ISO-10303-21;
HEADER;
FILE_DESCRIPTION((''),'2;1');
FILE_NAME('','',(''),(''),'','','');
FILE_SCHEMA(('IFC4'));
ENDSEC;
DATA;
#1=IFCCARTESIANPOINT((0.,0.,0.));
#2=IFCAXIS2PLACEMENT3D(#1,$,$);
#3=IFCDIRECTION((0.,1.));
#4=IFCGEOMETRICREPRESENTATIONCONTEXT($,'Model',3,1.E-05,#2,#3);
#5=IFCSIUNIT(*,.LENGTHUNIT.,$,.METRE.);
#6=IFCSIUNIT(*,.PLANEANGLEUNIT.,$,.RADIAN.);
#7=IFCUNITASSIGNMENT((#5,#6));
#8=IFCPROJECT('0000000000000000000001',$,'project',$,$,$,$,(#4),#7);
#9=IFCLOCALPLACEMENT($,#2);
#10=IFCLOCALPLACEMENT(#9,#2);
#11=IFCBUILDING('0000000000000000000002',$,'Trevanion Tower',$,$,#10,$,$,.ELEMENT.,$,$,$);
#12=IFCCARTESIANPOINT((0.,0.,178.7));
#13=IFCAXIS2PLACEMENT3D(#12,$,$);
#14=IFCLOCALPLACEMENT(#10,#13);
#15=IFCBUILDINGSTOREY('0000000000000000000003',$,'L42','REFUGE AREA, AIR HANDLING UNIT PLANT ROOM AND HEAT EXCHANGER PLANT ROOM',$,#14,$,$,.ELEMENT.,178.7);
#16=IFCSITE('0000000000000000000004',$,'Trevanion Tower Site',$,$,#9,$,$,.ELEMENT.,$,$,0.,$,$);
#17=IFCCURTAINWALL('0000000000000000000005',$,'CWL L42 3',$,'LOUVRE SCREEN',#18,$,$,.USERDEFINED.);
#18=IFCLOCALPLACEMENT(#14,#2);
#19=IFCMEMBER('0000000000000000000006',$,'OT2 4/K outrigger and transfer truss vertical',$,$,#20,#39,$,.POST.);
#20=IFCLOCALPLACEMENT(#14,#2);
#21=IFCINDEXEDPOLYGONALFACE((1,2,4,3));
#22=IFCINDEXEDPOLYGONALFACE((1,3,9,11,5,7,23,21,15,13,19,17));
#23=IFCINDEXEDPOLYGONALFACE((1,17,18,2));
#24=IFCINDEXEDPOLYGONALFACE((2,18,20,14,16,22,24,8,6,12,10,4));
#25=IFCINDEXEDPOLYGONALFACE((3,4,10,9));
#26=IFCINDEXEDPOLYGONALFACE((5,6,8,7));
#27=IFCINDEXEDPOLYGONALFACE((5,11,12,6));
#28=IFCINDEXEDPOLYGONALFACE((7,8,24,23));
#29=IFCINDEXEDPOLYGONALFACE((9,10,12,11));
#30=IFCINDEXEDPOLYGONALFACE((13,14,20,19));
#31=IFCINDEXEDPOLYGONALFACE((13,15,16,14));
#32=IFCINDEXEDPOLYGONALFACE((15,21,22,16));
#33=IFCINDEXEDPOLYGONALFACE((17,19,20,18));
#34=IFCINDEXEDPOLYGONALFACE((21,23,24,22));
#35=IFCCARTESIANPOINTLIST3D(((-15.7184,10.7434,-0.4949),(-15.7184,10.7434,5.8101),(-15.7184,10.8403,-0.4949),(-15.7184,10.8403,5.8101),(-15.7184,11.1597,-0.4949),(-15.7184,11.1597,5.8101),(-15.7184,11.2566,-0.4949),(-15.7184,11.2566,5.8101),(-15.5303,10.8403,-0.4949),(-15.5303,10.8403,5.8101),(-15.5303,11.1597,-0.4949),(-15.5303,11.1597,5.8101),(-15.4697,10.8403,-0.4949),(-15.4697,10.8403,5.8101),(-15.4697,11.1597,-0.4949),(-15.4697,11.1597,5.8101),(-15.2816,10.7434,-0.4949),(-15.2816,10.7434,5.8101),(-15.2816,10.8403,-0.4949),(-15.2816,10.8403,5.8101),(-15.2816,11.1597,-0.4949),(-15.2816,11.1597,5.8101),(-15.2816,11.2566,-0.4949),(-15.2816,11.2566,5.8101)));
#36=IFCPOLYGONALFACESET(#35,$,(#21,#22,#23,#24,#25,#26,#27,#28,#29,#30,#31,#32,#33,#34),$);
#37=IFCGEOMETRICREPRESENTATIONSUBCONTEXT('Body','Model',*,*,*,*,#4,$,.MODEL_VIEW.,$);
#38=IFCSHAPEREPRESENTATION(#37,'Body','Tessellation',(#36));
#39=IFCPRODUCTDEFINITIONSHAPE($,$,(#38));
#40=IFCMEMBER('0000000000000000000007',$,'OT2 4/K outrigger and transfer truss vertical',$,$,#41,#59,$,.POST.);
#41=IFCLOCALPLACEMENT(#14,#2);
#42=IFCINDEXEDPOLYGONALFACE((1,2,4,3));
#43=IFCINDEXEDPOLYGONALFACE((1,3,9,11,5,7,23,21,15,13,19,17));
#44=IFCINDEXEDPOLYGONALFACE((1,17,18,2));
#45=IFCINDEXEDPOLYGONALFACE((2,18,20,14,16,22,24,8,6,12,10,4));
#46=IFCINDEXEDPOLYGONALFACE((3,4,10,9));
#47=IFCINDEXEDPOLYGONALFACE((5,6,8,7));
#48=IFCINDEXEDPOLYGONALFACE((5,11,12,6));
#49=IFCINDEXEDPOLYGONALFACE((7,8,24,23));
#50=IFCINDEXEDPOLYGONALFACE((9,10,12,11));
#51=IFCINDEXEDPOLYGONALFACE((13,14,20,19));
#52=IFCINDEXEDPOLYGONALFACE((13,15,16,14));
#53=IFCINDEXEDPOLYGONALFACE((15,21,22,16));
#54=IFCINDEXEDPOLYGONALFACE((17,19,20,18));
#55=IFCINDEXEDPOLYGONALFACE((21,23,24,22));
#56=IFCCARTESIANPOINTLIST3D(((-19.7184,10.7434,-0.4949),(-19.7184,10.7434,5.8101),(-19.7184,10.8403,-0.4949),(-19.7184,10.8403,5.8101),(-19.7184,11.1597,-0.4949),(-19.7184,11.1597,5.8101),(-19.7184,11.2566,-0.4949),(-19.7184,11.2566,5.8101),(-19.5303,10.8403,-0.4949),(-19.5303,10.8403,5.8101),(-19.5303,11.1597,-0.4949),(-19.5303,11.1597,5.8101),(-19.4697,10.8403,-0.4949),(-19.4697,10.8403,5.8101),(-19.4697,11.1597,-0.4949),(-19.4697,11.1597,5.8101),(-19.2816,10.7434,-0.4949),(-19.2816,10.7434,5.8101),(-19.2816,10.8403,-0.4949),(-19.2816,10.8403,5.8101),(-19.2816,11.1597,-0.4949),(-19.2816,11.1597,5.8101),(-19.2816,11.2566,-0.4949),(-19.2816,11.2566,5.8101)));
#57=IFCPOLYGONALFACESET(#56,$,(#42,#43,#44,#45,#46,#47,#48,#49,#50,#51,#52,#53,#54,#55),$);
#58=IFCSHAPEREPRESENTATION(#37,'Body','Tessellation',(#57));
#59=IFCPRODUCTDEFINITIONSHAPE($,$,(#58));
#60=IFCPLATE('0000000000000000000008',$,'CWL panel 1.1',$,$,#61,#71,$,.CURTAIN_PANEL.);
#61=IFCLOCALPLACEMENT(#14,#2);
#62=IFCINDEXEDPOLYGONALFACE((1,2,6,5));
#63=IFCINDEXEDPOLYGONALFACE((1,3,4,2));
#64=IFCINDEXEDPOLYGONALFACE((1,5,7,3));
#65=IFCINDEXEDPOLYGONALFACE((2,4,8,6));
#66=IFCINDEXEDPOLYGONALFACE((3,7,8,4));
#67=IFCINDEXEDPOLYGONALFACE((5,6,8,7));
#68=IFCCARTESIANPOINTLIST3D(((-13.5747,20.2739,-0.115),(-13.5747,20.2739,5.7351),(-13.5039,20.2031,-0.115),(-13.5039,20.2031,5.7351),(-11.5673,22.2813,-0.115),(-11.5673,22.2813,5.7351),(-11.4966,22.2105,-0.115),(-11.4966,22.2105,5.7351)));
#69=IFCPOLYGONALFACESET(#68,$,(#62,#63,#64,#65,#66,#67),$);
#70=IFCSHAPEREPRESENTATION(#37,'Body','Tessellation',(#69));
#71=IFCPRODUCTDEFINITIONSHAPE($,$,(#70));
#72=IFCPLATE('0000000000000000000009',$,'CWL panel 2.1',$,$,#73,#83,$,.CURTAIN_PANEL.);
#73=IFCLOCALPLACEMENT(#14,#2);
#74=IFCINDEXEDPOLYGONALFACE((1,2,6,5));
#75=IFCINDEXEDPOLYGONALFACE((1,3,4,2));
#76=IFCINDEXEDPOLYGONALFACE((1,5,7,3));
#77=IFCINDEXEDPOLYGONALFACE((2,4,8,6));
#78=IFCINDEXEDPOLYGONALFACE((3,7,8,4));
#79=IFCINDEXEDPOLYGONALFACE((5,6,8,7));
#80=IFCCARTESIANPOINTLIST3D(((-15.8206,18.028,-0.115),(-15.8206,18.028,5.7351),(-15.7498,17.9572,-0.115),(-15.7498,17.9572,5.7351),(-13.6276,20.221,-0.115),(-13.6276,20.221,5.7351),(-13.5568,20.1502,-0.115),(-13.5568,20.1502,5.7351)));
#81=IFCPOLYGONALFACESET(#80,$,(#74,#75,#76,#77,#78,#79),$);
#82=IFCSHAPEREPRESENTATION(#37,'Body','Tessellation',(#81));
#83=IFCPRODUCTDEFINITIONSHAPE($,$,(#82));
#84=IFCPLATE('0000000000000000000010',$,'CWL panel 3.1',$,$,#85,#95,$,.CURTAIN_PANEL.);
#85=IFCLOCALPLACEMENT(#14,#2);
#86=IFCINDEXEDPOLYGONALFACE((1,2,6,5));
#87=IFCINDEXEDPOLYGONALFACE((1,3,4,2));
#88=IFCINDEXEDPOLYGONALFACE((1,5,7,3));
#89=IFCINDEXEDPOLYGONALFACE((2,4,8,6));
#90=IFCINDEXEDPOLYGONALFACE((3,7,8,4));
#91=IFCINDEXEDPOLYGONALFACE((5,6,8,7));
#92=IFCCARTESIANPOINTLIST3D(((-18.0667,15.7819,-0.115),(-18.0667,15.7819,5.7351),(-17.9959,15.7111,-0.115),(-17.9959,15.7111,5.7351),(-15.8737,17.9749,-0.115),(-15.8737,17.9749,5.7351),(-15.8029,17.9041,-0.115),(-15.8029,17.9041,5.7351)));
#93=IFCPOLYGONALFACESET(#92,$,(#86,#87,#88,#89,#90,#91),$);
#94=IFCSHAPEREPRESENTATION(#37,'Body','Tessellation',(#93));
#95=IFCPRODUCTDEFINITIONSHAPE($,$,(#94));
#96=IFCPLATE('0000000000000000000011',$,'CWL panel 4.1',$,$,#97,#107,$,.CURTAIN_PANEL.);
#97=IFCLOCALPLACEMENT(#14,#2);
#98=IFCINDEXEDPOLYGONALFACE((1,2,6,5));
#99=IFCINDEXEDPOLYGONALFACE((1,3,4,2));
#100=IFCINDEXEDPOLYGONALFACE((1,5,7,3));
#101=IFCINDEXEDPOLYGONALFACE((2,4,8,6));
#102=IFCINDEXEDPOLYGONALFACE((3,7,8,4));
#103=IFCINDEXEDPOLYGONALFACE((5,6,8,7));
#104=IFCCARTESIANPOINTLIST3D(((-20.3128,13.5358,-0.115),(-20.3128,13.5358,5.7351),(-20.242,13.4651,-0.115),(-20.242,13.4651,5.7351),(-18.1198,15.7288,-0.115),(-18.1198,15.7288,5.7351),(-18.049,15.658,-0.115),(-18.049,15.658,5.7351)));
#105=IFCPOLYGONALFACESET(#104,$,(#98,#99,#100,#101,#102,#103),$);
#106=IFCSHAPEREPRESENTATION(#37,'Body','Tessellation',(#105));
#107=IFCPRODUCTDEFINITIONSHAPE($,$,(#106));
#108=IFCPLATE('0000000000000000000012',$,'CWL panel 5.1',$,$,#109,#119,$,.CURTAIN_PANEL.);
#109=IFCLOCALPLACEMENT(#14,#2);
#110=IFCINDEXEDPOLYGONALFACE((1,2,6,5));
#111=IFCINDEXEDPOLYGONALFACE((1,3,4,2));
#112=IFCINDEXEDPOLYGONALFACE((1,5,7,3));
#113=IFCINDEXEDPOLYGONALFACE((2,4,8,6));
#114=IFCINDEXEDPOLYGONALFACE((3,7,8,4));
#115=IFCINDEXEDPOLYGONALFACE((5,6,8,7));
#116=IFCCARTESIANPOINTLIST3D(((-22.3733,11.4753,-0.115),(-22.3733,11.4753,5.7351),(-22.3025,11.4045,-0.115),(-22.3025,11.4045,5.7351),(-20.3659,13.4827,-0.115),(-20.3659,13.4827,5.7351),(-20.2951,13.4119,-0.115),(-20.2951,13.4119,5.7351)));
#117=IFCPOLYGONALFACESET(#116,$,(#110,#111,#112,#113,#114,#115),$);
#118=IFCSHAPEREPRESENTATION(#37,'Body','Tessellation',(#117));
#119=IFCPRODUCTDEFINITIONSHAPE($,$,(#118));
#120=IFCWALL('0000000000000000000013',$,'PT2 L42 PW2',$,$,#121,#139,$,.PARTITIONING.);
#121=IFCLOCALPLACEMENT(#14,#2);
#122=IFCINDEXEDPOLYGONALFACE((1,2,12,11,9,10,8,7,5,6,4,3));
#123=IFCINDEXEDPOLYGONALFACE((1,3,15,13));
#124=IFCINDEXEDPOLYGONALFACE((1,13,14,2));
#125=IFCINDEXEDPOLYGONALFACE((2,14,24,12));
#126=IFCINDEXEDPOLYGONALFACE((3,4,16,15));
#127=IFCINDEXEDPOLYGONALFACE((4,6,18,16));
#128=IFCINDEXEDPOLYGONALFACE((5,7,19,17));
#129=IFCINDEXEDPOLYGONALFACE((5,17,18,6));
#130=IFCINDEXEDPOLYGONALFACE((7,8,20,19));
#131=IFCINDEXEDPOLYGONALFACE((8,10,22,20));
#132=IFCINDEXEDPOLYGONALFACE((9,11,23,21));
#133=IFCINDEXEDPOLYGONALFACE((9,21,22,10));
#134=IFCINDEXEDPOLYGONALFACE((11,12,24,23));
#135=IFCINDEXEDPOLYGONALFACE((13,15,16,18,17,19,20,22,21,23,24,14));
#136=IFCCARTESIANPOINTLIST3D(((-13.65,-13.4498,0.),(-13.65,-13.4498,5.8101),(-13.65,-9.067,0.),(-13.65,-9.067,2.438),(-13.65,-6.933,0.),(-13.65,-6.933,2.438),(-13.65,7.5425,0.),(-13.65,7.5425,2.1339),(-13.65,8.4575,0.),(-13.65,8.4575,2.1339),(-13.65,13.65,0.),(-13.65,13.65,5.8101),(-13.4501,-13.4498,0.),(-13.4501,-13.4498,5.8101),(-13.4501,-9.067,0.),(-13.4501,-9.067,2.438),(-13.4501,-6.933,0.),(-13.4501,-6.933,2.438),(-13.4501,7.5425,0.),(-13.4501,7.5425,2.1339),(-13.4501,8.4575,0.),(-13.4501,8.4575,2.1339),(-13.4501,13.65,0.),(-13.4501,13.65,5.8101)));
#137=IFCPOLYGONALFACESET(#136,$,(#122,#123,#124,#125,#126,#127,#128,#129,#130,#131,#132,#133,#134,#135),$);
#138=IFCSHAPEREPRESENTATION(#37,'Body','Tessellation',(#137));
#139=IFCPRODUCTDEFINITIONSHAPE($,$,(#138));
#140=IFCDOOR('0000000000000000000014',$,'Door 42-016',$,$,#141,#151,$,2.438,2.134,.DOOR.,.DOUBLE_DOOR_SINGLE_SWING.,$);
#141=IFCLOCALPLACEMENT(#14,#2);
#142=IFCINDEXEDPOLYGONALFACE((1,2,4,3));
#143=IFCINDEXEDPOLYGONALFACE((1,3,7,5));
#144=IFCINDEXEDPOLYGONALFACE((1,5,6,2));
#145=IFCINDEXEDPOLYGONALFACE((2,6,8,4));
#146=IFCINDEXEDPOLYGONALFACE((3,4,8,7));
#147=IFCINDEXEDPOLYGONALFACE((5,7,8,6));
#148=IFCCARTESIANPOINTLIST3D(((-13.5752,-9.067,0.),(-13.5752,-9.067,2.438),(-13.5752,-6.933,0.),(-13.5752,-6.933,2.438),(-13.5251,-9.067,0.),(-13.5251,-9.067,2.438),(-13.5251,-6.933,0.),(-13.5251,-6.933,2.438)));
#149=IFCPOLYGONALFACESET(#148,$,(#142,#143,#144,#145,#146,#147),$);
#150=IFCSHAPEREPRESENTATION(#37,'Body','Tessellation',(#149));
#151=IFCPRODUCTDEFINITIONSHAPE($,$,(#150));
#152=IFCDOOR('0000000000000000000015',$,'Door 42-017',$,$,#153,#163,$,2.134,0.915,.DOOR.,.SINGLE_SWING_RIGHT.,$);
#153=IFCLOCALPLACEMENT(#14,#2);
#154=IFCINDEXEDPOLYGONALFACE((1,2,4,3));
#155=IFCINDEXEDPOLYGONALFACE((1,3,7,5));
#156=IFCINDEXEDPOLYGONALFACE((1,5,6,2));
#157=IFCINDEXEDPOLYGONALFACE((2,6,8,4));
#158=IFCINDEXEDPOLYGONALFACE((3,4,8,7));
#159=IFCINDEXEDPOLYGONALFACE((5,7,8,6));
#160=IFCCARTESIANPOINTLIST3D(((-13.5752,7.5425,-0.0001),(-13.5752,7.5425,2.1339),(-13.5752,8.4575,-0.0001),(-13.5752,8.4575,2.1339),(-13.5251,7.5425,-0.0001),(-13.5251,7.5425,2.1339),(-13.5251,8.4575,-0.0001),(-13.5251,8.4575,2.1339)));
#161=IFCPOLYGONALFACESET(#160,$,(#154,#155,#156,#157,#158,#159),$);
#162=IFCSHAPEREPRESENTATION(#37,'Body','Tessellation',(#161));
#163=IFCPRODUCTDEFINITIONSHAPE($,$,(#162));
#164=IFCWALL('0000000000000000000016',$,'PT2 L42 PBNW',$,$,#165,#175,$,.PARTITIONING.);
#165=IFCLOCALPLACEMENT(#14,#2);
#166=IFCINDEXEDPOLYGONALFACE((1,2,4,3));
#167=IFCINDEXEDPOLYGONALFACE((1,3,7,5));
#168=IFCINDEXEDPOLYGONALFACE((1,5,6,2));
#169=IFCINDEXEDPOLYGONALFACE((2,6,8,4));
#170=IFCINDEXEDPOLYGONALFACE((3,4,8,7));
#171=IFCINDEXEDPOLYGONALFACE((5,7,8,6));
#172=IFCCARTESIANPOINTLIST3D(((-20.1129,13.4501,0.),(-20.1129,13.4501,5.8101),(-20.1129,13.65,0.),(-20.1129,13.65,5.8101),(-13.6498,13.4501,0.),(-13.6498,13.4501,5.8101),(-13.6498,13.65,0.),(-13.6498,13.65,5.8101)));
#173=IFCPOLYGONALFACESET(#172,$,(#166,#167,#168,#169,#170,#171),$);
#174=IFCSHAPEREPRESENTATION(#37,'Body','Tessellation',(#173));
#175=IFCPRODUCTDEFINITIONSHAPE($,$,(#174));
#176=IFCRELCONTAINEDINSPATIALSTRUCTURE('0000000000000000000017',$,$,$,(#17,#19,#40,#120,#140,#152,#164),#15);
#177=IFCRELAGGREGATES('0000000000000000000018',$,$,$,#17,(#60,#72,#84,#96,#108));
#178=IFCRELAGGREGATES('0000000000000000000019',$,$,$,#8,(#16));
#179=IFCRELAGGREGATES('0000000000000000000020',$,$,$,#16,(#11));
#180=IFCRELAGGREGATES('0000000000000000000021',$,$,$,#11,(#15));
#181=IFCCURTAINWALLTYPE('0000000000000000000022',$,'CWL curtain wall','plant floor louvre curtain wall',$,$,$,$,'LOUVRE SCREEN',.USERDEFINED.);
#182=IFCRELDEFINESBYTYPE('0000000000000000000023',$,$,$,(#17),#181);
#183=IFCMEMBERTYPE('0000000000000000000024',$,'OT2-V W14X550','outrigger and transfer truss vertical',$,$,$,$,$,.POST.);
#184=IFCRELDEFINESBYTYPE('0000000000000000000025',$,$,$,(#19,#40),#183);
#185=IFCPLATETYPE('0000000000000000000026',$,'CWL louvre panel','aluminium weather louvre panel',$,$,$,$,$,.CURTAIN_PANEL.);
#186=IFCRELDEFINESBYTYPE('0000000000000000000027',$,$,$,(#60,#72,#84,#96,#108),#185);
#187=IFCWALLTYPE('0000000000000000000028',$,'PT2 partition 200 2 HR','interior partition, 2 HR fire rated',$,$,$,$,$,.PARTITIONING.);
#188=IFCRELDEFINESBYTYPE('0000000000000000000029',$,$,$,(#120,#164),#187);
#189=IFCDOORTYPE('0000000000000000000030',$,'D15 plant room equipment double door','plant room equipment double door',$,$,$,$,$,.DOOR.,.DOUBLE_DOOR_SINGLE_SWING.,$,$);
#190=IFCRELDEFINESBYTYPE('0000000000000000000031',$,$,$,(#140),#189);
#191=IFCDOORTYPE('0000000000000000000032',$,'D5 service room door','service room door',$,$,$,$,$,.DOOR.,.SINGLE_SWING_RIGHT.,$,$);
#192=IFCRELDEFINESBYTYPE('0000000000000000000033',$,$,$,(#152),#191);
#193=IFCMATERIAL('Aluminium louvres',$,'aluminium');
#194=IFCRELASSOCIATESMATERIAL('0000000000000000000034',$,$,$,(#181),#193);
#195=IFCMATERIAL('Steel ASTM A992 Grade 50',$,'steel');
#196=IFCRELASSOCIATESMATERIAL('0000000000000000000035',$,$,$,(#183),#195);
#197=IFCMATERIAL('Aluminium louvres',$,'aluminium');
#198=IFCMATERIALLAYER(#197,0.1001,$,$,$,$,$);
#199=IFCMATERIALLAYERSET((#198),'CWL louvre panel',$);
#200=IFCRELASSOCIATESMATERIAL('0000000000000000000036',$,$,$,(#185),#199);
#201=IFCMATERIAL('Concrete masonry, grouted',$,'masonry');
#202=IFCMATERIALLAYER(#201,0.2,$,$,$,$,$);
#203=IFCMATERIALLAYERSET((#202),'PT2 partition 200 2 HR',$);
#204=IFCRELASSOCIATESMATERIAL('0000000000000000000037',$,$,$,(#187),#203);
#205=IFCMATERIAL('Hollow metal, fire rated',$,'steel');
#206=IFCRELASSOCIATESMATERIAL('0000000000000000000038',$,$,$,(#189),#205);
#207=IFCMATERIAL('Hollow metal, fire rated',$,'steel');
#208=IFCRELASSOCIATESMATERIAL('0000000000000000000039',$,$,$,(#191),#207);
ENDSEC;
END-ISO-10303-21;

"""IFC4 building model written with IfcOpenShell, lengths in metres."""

from ifc_helpers import new_model, si_unit, direction, frame, frame_2d, origin, origin_2d, place, context, subcontext, project, spatial, rectangle, i_section, extrude, material, layer, layer_set, material_profile, profile_set, type_object, element, fill, aggregate, save


model = new_model("IFC4")

# Units and contexts
model_context = context("Model", 3, precision=1e-05, world=origin(), true_north=direction((0.0, 1.0)))
body_context = subcontext(model_context, "Body", "Model", "MODEL_VIEW")
ifc_project = project(units=[si_unit("LENGTHUNIT", "METRE"), si_unit("PLANEANGLEUNIT", "RADIAN")], contexts=[model_context])

# Site, building, storey
site_placement = place(None, origin())
site = spatial("IfcSite", under=ifc_project, at=site_placement, Name="Trevanion Tower Site", CompositionType="ELEMENT", RefElevation=0.0)
building_placement = place(site_placement, origin())
building = spatial("IfcBuilding", under=site, at=building_placement, Name="Trevanion Tower", CompositionType="ELEMENT")
storey_placement = place(building_placement, frame((0.0, 0.0, 178.7)))
storey = spatial("IfcBuildingStorey", under=building, at=storey_placement, Name="L42", Description="REFUGE AREA, AIR HANDLING UNIT PLANT ROOM AND HEAT EXCHANGER PLANT ROOM", CompositionType="ELEMENT", Elevation=178.7)

# Curtain wall
ifc_material_1 = material(Name="Aluminium louvres", Category="aluminium")
curtain_wall_type = type_object("IfcCurtainWallType", Name="CWL curtain wall", Description="plant floor louvre curtain wall", ElementType="LOUVRE SCREEN", PredefinedType="USERDEFINED", material=ifc_material_1)
curtain_wall_placement = place(storey_placement, origin())
curtain_wall = element("IfcCurtainWall", 1, at=curtain_wall_placement, inside=storey, type_object=curtain_wall_type, Name="CWL L42 3", ObjectType="LOUVRE SCREEN", PredefinedType="USERDEFINED")

# Members
ifc_material_2 = material(Name="Steel ASTM A992 Grade 50", Category="steel")
ifc_material_profile_1 = material_profile(ifc_material_2, i_section(OverallWidth=0.4368, OverallDepth=0.5132, WebThickness=0.0605, FlangeThickness=0.0969, at=origin_2d()), Name="W14X550")
ifc_profile_set_1 = profile_set([ifc_material_profile_1], Name="Steel ASTM A992 Grade 50")
member_type_1 = type_object("IfcMemberType", Name="OT2-V W14X550", Description="outrigger and transfer truss vertical", PredefinedType="POST", material=ifc_profile_set_1)
for number, where, z_axis, x_axis, name in (
    (2, (-15.5, 11.0, -0.4949), (0.0, 0.0, 1.0), (1.0, 0.0, 0.0), "OT2 4/K outrigger and transfer truss vertical"),
    (3, (-19.5, 11.0, -0.4949), (0.0, 0.0, 1.0), (1.0, 0.0, 0.0), "OT2 4/K outrigger and transfer truss vertical"),
):
    element("IfcMember", number, at=place(storey_placement, frame(where, z_axis=z_axis, x_axis=x_axis)), inside=storey, type_object=member_type_1, Name=name, PredefinedType="POST", context=body_context, shape_type="SweptSolid", body=[
        extrude(i_section(OverallWidth=0.4368, OverallDepth=0.5132, WebThickness=0.0605, FlangeThickness=0.0969, at=origin_2d()), origin(), (0.0, 0.0, 1.0), 6.3049),
    ])

# Plates
ifc_material_3 = material(Name="Aluminium louvres", Category="aluminium")
ifc_layer_1 = layer(ifc_material_3, 0.1001)
ifc_layer_set_1 = layer_set([ifc_layer_1], Name="CWL louvre panel")
plate_type = type_object("IfcPlateType", Name="CWL louvre panel", Description="aluminium weather louvre panel", PredefinedType="CURTAIN_PANEL", material=ifc_layer_set_1)
plate_1_placement = place(storey_placement, frame((-12.5356, 21.2422, -0.115), z_axis=(0.0, 0.0, 1.0), x_axis=(-0.707107, -0.707107, 0.0)))
plate_1 = element("IfcPlate", 4, at=plate_1_placement, type_object=plate_type, Name="CWL panel 1.1", PredefinedType="CURTAIN_PANEL", context=body_context, shape_type="SweptSolid", body=[
    extrude(rectangle(XDim=2.8389, YDim=0.1001, at=origin_2d()), origin(), (0.0, 0.0, 1.0), 5.8501),
])
plate_2_placement = place(storey_placement, frame((-14.6887, 19.0891, -0.115), z_axis=(0.0, 0.0, 1.0), x_axis=(-0.707107, -0.707107, 0.0)))
plate_2 = element("IfcPlate", 5, at=plate_2_placement, type_object=plate_type, Name="CWL panel 2.1", PredefinedType="CURTAIN_PANEL", context=body_context, shape_type="SweptSolid", body=[
    extrude(rectangle(XDim=3.1013, YDim=0.1001, at=origin_2d()), origin(), (0.0, 0.0, 1.0), 5.8501),
])
plate_3_placement = place(storey_placement, frame((-16.9348, 16.843, -0.115), z_axis=(0.0, 0.0, 1.0), x_axis=(-0.707107, -0.707107, 0.0)))
plate_3 = element("IfcPlate", 6, at=plate_3_placement, type_object=plate_type, Name="CWL panel 3.1", PredefinedType="CURTAIN_PANEL", context=body_context, shape_type="SweptSolid", body=[
    extrude(rectangle(XDim=3.1013, YDim=0.1001, at=origin_2d()), origin(), (0.0, 0.0, 1.0), 5.8501),
])
plate_4_placement = place(storey_placement, frame((-19.1809, 14.5969, -0.115), z_axis=(0.0, 0.0, 1.0), x_axis=(-0.707107, -0.707107, 0.0)))
plate_4 = element("IfcPlate", 7, at=plate_4_placement, type_object=plate_type, Name="CWL panel 4.1", PredefinedType="CURTAIN_PANEL", context=body_context, shape_type="SweptSolid", body=[
    extrude(rectangle(XDim=3.1013, YDim=0.1001, at=origin_2d()), origin(), (0.0, 0.0, 1.0), 5.8501),
])
plate_5_placement = place(storey_placement, frame((-21.3342, 12.4436, -0.115), z_axis=(0.0, 0.0, 1.0), x_axis=(-0.707107, -0.707107, 0.0)))
plate_5 = element("IfcPlate", 8, at=plate_5_placement, type_object=plate_type, Name="CWL panel 5.1", PredefinedType="CURTAIN_PANEL", context=body_context, shape_type="SweptSolid", body=[
    extrude(rectangle(XDim=2.8389, YDim=0.1001, at=origin_2d()), origin(), (0.0, 0.0, 1.0), 5.8501),
])
aggregate(curtain_wall, [plate_1, plate_2, plate_3, plate_4, plate_5])

# Wall, openings, doors
ifc_material_4 = material(Name="Concrete masonry, grouted", Category="masonry")
ifc_layer_2 = layer(ifc_material_4, 0.2)
ifc_layer_set_2 = layer_set([ifc_layer_2], Name="PT2 partition 200 2 HR")
wall_type = type_object("IfcWallType", Name="PT2 partition 200 2 HR", Description="interior partition, 2 HR fire rated", PredefinedType="PARTITIONING", material=ifc_layer_set_2)
wall_1_placement = place(storey_placement, frame((-13.55, 13.6499, 0.0), z_axis=(0.0, 0.0, 1.0), x_axis=(0.0, -1.0, 0.0)))
wall_1 = element("IfcWall", 9, at=wall_1_placement, inside=storey, type_object=wall_type, Name="PT2 L42 PW2", PredefinedType="PARTITIONING", context=body_context, shape_type="SweptSolid", body=[
    extrude(rectangle(XDim=27.0999, YDim=0.2, at=frame_2d((13.5498, 0.0))), origin(), (0.0, 0.0, 1.0), 5.8101),
])
opening_1_placement = place(wall_1_placement, frame((20.583, 0.0, 0.0)))
opening_1 = element("IfcOpeningElement", 10, at=opening_1_placement, cuts=wall_1, PredefinedType="OPENING", context=body_context, shape_type="SweptSolid", body=[
    extrude(rectangle(XDim=2.134, YDim=2.438, at=frame_2d((1.0669, 1.219))), frame((0.0, 0.1099, 0.0), z_axis=(0.0, -1.0, 0.0), x_axis=(1.0, 0.0, 0.0)), (0.0, 0.0, 1.0), 0.22),
])
opening_2_placement = place(wall_1_placement, frame((5.1924, 0.0, 0.0)))
opening_2 = element("IfcOpeningElement", 11, at=opening_2_placement, cuts=wall_1, PredefinedType="OPENING", context=body_context, shape_type="SweptSolid", body=[
    extrude(rectangle(XDim=0.915, YDim=2.134, at=frame_2d((0.4575, 1.0669))), frame((0.0, 0.1099, 0.0), z_axis=(0.0, -1.0, 0.0), x_axis=(1.0, 0.0, 0.0)), (0.0, 0.0, 1.0), 0.22),
])
ifc_material_5 = material(Name="Hollow metal, fire rated", Category="steel")
door_type_1 = type_object("IfcDoorType", Name="D15 plant room equipment double door", Description="plant room equipment double door", OperationType="DOUBLE_DOOR_SINGLE_SWING", PredefinedType="DOOR", material=ifc_material_5)
door_1_placement = place(opening_1_placement, origin())
door_1 = element("IfcDoor", 12, at=door_1_placement, inside=storey, type_object=door_type_1, Name="Door 42-016", OperationType="DOUBLE_DOOR_SINGLE_SWING", OverallHeight=2.438, OverallWidth=2.134, PredefinedType="DOOR", context=body_context, shape_type="SweptSolid", body=[
    extrude(rectangle(XDim=2.134, YDim=2.438, at=frame_2d((1.0669, 1.219))), frame((0.0, 0.0249, 0.0), z_axis=(0.0, -1.0, 0.0), x_axis=(1.0, 0.0, 0.0)), (0.0, 0.0, 1.0), 0.05),
])
fill(opening_1, door_1)
ifc_material_6 = material(Name="Hollow metal, fire rated", Category="steel")
door_type_2 = type_object("IfcDoorType", Name="D5 service room door", Description="service room door", OperationType="SINGLE_SWING_RIGHT", PredefinedType="DOOR", material=ifc_material_6)
door_2_placement = place(opening_2_placement, origin())
door_2 = element("IfcDoor", 13, at=door_2_placement, inside=storey, type_object=door_type_2, Name="Door 42-017", OperationType="SINGLE_SWING_RIGHT", OverallHeight=2.134, OverallWidth=0.915, PredefinedType="DOOR", context=body_context, shape_type="SweptSolid", body=[
    extrude(rectangle(XDim=0.915, YDim=2.134, at=frame_2d((0.4575, 1.0669))), frame((0.0, 0.0249, 0.0), z_axis=(0.0, -1.0, 0.0), x_axis=(1.0, 0.0, 0.0)), (0.0, 0.0, 1.0), 0.05),
])
fill(opening_2, door_2)

# Wall
wall_2_placement = place(storey_placement, frame((-13.6499, 13.55, 0.0), z_axis=(0.0, 0.0, 1.0), x_axis=(-1.0, 0.0, 0.0)))
element("IfcWall", 14, at=wall_2_placement, inside=storey, type_object=wall_type, Name="PT2 L42 PBNW", PredefinedType="PARTITIONING", context=body_context, shape_type="SweptSolid", body=[
    extrude(rectangle(XDim=6.4631, YDim=0.2, at=frame_2d((3.2314, 0.0))), origin(), (0.0, 0.0, 1.0), 5.8101),
])

save(model, "model.ifc")
